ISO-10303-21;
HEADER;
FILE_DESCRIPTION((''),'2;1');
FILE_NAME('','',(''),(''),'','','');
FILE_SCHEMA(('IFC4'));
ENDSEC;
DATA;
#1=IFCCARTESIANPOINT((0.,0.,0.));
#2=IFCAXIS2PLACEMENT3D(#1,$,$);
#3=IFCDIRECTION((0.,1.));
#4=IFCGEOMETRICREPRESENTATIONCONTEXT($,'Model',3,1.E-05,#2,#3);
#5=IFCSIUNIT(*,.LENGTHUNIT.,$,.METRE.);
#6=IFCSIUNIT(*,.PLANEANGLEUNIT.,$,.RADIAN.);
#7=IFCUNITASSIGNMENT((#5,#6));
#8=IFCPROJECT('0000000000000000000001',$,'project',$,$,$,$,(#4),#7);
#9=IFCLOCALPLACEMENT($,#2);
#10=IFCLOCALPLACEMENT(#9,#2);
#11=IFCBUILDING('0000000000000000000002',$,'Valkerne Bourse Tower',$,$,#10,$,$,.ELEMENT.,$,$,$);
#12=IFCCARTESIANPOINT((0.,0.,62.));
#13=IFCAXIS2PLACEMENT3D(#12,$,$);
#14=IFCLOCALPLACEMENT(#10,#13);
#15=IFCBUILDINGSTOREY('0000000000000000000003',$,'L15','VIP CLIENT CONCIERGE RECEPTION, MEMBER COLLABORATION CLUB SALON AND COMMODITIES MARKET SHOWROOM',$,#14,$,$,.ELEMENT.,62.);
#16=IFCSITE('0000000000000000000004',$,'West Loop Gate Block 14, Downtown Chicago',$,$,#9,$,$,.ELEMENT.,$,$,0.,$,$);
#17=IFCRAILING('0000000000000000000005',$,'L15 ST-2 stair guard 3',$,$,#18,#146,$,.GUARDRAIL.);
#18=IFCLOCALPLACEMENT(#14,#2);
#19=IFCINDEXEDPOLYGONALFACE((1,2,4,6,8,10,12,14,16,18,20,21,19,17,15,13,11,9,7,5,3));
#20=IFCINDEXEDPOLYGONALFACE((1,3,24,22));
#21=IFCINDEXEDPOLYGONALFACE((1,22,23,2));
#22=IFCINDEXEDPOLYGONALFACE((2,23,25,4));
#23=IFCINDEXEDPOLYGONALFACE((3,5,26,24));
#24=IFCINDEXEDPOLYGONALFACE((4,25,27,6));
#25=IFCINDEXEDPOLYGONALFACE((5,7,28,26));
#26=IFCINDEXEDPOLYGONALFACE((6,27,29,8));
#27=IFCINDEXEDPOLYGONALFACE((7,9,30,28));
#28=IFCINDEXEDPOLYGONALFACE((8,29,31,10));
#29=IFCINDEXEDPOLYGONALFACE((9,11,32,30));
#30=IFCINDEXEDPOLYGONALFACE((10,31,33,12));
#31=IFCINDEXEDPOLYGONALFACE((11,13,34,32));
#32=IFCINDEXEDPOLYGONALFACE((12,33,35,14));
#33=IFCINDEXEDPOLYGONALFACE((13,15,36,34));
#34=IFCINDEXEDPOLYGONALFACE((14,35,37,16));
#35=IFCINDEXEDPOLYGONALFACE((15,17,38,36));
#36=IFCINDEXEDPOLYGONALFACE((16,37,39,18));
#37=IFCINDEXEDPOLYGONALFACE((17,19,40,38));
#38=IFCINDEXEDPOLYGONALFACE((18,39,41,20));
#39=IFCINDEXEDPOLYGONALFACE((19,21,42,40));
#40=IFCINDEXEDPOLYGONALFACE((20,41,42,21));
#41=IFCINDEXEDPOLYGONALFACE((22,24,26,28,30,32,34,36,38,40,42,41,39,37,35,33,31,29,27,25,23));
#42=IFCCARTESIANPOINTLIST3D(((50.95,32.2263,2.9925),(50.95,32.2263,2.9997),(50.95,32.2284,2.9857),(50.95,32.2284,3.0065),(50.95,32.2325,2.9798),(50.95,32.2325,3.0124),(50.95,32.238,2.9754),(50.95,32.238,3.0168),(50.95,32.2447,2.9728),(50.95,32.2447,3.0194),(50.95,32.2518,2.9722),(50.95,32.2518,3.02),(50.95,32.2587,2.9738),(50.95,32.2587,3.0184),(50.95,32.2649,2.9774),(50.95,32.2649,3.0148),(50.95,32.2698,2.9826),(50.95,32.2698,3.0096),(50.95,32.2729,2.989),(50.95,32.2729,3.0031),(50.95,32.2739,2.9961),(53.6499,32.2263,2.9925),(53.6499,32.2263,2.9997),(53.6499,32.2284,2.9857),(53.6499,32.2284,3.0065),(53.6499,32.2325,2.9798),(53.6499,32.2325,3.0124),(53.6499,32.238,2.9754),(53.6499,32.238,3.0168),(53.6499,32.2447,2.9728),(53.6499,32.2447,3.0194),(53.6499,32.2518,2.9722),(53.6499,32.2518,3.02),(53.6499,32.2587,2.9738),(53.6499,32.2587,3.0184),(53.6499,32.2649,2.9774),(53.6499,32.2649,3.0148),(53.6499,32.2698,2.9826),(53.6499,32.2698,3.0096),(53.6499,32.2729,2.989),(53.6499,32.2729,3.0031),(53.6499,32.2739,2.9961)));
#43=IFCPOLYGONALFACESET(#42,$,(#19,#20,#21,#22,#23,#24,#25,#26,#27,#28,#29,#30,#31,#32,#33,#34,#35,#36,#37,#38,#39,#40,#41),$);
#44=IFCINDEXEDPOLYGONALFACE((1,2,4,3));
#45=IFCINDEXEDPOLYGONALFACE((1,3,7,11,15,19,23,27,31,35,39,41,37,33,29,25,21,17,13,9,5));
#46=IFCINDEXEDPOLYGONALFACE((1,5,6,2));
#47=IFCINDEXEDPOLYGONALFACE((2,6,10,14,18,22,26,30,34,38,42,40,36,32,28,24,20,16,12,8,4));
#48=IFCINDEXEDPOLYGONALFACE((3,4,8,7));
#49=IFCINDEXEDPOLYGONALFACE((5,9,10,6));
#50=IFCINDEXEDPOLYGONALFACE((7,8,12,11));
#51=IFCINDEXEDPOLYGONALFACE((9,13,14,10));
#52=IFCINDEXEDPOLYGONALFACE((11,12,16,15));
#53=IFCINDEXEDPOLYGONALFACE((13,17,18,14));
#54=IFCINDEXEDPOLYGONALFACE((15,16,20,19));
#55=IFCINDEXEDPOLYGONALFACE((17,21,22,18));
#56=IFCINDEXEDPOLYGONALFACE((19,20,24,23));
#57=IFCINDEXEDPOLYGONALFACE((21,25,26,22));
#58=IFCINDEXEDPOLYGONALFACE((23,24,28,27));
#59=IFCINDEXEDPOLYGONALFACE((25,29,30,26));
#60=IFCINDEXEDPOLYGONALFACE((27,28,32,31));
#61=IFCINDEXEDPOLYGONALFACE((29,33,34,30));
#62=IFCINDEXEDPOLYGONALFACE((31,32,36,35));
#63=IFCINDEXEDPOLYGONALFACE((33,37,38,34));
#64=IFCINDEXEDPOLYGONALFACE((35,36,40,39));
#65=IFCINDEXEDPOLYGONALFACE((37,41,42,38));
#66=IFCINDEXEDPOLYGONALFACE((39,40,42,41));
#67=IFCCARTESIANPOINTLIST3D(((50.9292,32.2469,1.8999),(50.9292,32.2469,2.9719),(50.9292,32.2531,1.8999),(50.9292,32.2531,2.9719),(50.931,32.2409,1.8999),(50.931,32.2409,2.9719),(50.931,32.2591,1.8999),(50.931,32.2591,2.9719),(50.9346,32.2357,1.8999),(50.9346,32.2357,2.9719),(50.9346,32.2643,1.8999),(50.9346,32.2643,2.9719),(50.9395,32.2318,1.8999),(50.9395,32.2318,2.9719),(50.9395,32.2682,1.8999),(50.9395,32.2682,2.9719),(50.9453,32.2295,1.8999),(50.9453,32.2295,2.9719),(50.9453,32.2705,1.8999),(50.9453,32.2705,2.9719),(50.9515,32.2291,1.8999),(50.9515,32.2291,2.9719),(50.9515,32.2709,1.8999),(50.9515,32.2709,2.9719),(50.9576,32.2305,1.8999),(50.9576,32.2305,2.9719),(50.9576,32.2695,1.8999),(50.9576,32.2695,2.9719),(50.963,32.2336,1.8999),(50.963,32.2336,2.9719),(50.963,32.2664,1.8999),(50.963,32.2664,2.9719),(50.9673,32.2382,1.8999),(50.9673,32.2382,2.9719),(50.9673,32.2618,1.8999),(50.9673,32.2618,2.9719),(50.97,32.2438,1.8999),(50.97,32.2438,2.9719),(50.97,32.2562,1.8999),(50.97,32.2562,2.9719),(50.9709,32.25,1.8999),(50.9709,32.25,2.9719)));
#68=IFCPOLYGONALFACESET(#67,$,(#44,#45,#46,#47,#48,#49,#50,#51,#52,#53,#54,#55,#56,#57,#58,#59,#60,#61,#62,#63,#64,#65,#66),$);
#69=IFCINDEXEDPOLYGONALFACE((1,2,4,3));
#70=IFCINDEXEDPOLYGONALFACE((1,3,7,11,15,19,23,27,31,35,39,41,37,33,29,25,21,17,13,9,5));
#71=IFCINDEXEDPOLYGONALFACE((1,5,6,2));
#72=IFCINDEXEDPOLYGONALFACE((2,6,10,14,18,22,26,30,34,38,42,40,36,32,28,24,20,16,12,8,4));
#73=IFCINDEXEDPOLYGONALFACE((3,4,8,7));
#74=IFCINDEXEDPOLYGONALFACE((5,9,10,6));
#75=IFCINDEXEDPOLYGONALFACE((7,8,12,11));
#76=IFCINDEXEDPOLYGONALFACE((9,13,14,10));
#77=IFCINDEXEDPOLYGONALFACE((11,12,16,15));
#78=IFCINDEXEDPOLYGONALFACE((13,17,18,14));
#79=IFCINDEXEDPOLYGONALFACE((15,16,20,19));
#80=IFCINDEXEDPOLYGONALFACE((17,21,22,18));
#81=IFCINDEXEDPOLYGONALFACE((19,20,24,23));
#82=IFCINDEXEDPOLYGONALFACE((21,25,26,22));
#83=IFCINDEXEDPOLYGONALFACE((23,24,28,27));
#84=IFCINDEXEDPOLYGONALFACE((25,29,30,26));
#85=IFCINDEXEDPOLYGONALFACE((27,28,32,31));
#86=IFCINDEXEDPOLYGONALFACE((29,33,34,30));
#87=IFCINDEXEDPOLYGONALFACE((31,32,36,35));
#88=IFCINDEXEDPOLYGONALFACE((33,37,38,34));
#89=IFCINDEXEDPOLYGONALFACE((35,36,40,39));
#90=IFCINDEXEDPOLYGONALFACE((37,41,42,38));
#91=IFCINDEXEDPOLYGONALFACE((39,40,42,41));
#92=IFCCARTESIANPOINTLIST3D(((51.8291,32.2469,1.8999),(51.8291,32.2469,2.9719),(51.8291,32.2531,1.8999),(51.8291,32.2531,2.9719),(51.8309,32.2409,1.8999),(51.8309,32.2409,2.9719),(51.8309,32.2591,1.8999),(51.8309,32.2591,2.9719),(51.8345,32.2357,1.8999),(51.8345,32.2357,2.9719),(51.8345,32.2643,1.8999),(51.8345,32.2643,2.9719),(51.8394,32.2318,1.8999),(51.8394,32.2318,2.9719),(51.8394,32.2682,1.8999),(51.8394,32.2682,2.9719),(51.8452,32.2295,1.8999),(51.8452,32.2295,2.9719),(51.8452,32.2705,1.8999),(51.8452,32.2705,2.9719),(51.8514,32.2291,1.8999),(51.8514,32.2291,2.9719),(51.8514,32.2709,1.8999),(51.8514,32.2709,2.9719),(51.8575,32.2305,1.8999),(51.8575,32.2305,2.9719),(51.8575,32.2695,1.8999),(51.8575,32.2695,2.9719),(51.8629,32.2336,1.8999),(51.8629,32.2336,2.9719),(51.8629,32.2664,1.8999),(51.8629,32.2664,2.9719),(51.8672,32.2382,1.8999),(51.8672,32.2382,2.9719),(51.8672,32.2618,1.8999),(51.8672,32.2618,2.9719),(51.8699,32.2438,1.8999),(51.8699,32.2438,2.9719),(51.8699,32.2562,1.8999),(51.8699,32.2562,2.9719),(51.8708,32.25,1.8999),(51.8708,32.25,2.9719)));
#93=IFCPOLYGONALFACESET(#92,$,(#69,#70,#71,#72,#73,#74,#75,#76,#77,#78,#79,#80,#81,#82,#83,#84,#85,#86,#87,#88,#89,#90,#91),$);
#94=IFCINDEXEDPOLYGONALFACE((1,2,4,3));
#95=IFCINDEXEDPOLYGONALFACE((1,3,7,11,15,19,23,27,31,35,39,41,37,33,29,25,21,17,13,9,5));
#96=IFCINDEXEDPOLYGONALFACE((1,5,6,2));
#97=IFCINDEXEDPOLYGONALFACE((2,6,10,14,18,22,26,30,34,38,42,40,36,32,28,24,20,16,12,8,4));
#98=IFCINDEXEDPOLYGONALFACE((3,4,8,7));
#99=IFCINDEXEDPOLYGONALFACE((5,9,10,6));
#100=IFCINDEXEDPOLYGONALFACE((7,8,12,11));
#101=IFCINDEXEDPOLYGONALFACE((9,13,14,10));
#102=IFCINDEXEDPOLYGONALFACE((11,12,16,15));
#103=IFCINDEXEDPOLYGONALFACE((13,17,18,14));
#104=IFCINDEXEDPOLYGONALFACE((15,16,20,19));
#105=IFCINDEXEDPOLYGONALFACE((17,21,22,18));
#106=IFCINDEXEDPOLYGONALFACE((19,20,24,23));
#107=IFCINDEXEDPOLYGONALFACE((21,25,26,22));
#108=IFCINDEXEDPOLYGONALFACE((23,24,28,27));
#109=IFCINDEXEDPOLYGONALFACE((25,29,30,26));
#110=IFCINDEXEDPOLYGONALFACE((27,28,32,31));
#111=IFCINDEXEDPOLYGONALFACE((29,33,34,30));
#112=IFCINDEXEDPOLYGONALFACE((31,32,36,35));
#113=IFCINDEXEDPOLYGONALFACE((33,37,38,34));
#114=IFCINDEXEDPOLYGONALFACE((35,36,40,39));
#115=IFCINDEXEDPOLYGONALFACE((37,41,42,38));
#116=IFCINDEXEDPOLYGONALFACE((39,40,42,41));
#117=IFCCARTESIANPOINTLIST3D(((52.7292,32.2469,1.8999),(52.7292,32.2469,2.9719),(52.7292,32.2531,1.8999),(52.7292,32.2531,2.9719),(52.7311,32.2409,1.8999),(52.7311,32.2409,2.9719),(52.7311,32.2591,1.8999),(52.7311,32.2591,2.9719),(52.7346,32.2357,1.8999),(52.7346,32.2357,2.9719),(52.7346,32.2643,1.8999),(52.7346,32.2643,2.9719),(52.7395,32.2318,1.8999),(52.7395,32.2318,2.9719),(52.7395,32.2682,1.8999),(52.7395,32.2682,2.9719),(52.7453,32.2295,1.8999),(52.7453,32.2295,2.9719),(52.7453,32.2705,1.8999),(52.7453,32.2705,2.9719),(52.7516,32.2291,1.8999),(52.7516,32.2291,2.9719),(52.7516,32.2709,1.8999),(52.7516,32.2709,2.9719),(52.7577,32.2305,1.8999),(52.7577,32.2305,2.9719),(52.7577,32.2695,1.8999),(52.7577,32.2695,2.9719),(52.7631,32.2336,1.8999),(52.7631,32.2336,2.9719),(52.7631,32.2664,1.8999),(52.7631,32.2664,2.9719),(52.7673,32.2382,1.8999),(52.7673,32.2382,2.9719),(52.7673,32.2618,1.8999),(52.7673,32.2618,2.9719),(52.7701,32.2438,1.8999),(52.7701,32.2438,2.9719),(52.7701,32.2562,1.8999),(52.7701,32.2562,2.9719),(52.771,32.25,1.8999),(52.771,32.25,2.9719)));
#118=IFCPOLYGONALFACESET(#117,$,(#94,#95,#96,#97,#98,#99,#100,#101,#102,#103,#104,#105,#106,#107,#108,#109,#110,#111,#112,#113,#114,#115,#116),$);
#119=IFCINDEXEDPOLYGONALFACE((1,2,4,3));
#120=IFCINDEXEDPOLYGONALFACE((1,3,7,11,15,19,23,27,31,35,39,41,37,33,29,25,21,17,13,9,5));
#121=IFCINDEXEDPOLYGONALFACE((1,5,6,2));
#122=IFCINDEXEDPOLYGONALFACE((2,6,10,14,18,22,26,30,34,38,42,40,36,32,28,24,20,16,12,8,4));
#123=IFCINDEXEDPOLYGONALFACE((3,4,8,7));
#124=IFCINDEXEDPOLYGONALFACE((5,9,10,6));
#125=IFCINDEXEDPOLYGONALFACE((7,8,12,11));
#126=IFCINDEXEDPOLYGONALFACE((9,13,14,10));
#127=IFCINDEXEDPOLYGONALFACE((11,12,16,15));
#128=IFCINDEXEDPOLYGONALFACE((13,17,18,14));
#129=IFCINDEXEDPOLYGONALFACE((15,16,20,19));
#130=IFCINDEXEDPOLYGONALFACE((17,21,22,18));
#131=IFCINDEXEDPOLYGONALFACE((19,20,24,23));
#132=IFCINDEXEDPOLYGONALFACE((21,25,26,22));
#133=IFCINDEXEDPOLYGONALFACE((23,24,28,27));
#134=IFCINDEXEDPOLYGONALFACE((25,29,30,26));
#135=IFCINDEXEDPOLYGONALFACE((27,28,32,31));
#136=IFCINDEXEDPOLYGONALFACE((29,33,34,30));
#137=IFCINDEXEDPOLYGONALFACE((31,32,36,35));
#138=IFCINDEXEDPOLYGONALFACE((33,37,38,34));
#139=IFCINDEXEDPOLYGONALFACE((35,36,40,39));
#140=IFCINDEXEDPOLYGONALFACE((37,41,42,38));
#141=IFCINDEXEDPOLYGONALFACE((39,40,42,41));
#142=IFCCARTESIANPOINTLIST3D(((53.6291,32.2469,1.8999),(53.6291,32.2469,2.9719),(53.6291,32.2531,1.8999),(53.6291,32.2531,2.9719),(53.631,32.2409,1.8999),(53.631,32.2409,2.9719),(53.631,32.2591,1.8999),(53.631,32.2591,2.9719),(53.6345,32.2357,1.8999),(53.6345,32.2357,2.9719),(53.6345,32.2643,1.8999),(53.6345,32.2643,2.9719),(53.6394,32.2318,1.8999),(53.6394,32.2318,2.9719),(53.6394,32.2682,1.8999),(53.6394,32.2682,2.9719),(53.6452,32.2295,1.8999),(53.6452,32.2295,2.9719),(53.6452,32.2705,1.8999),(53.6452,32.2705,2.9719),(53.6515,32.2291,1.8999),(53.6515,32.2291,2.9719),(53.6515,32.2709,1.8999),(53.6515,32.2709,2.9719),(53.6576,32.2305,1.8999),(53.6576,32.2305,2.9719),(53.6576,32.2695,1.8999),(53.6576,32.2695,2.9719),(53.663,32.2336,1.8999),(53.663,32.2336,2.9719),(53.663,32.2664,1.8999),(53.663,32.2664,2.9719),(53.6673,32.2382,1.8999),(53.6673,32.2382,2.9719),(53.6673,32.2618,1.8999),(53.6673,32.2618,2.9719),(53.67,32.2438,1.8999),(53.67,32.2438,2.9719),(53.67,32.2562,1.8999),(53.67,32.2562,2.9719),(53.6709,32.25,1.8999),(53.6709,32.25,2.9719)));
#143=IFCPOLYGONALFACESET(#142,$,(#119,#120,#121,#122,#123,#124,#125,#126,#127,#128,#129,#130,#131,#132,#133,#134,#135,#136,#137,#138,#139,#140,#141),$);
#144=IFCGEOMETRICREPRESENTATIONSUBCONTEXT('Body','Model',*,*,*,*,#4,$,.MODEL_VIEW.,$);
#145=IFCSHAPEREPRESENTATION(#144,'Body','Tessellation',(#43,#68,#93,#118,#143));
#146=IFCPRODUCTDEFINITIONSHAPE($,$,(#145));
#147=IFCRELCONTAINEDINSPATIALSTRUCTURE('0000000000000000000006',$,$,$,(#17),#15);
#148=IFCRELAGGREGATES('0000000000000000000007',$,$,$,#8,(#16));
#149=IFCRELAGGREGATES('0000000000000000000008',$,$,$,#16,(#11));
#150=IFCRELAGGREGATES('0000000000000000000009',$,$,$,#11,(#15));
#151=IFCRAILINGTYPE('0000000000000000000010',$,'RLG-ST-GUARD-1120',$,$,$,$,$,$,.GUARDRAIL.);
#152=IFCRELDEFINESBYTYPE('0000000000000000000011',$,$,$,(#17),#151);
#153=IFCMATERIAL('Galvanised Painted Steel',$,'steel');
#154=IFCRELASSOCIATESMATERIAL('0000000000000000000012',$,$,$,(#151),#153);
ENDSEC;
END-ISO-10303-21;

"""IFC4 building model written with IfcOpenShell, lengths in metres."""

from ifc_helpers import new_model, si_unit, direction, frame, origin, origin_2d, place, context, subcontext, project, spatial, circle, extrude, material, type_object, element, save


model = new_model("IFC4")

# Units and contexts
model_context = context("Model", 3, precision=1e-05, world=origin(), true_north=direction((0.0, 1.0)))
body_context = subcontext(model_context, "Body", "Model", "MODEL_VIEW")
ifc_project = project(units=[si_unit("LENGTHUNIT", "METRE"), si_unit("PLANEANGLEUNIT", "RADIAN")], contexts=[model_context])

# Site, building, storey
site_placement = place(None, origin())
site = spatial("IfcSite", under=ifc_project, at=site_placement, Name="West Loop Gate Block 14, Downtown Chicago", CompositionType="ELEMENT", RefElevation=0.0)
building_placement = place(site_placement, origin())
building = spatial("IfcBuilding", under=site, at=building_placement, Name="Valkerne Bourse Tower", CompositionType="ELEMENT")
storey_placement = place(building_placement, frame((0.0, 0.0, 62.0)))
storey = spatial("IfcBuildingStorey", under=building, at=storey_placement, Name="L15", Description="VIP CLIENT CONCIERGE RECEPTION, MEMBER COLLABORATION CLUB SALON AND COMMODITIES MARKET SHOWROOM", CompositionType="ELEMENT", Elevation=62.0)

# Shared definitions
ifc_material_1 = material(Name="Galvanised Painted Steel", Category="steel")

# Railing
railing_type_1 = type_object("IfcRailingType", Name="RLG-ST-GUARD-1120", PredefinedType="GUARDRAIL", material=ifc_material_1)
railing_1_placement = place(storey_placement, frame((50.95, 32.25, 1.8999)))
element("IfcRailing", 1, at=railing_1_placement, inside=storey, type_object=railing_type_1, Name="L15 ST-2 stair guard 3", PredefinedType="GUARDRAIL", context=body_context, shape_type="SweptSolid", body=[
    extrude(circle(Radius=0.0239, at=origin_2d()), frame((0.0, 0.0, 1.0962), z_axis=(1.0, 0.0, 0.0), x_axis=(0.0, 1.0, 0.0)), (0.0, 0.0, 1.0), 2.7),
    extrude(circle(Radius=0.021, at=origin_2d()), origin(), (0.0, 0.0, 1.0), 1.072),
    extrude(circle(Radius=0.021, at=origin_2d()), frame((0.8999, 0.0, 0.0)), (0.0, 0.0, 1.0), 1.072),
    extrude(circle(Radius=0.021, at=origin_2d()), frame((1.8, 0.0, 0.0)), (0.0, 0.0, 1.0), 1.072),
    extrude(circle(Radius=0.021, at=origin_2d()), frame((2.7, 0.0, 0.0)), (0.0, 0.0, 1.0), 1.072),
])

save(model, "model.ifc")
